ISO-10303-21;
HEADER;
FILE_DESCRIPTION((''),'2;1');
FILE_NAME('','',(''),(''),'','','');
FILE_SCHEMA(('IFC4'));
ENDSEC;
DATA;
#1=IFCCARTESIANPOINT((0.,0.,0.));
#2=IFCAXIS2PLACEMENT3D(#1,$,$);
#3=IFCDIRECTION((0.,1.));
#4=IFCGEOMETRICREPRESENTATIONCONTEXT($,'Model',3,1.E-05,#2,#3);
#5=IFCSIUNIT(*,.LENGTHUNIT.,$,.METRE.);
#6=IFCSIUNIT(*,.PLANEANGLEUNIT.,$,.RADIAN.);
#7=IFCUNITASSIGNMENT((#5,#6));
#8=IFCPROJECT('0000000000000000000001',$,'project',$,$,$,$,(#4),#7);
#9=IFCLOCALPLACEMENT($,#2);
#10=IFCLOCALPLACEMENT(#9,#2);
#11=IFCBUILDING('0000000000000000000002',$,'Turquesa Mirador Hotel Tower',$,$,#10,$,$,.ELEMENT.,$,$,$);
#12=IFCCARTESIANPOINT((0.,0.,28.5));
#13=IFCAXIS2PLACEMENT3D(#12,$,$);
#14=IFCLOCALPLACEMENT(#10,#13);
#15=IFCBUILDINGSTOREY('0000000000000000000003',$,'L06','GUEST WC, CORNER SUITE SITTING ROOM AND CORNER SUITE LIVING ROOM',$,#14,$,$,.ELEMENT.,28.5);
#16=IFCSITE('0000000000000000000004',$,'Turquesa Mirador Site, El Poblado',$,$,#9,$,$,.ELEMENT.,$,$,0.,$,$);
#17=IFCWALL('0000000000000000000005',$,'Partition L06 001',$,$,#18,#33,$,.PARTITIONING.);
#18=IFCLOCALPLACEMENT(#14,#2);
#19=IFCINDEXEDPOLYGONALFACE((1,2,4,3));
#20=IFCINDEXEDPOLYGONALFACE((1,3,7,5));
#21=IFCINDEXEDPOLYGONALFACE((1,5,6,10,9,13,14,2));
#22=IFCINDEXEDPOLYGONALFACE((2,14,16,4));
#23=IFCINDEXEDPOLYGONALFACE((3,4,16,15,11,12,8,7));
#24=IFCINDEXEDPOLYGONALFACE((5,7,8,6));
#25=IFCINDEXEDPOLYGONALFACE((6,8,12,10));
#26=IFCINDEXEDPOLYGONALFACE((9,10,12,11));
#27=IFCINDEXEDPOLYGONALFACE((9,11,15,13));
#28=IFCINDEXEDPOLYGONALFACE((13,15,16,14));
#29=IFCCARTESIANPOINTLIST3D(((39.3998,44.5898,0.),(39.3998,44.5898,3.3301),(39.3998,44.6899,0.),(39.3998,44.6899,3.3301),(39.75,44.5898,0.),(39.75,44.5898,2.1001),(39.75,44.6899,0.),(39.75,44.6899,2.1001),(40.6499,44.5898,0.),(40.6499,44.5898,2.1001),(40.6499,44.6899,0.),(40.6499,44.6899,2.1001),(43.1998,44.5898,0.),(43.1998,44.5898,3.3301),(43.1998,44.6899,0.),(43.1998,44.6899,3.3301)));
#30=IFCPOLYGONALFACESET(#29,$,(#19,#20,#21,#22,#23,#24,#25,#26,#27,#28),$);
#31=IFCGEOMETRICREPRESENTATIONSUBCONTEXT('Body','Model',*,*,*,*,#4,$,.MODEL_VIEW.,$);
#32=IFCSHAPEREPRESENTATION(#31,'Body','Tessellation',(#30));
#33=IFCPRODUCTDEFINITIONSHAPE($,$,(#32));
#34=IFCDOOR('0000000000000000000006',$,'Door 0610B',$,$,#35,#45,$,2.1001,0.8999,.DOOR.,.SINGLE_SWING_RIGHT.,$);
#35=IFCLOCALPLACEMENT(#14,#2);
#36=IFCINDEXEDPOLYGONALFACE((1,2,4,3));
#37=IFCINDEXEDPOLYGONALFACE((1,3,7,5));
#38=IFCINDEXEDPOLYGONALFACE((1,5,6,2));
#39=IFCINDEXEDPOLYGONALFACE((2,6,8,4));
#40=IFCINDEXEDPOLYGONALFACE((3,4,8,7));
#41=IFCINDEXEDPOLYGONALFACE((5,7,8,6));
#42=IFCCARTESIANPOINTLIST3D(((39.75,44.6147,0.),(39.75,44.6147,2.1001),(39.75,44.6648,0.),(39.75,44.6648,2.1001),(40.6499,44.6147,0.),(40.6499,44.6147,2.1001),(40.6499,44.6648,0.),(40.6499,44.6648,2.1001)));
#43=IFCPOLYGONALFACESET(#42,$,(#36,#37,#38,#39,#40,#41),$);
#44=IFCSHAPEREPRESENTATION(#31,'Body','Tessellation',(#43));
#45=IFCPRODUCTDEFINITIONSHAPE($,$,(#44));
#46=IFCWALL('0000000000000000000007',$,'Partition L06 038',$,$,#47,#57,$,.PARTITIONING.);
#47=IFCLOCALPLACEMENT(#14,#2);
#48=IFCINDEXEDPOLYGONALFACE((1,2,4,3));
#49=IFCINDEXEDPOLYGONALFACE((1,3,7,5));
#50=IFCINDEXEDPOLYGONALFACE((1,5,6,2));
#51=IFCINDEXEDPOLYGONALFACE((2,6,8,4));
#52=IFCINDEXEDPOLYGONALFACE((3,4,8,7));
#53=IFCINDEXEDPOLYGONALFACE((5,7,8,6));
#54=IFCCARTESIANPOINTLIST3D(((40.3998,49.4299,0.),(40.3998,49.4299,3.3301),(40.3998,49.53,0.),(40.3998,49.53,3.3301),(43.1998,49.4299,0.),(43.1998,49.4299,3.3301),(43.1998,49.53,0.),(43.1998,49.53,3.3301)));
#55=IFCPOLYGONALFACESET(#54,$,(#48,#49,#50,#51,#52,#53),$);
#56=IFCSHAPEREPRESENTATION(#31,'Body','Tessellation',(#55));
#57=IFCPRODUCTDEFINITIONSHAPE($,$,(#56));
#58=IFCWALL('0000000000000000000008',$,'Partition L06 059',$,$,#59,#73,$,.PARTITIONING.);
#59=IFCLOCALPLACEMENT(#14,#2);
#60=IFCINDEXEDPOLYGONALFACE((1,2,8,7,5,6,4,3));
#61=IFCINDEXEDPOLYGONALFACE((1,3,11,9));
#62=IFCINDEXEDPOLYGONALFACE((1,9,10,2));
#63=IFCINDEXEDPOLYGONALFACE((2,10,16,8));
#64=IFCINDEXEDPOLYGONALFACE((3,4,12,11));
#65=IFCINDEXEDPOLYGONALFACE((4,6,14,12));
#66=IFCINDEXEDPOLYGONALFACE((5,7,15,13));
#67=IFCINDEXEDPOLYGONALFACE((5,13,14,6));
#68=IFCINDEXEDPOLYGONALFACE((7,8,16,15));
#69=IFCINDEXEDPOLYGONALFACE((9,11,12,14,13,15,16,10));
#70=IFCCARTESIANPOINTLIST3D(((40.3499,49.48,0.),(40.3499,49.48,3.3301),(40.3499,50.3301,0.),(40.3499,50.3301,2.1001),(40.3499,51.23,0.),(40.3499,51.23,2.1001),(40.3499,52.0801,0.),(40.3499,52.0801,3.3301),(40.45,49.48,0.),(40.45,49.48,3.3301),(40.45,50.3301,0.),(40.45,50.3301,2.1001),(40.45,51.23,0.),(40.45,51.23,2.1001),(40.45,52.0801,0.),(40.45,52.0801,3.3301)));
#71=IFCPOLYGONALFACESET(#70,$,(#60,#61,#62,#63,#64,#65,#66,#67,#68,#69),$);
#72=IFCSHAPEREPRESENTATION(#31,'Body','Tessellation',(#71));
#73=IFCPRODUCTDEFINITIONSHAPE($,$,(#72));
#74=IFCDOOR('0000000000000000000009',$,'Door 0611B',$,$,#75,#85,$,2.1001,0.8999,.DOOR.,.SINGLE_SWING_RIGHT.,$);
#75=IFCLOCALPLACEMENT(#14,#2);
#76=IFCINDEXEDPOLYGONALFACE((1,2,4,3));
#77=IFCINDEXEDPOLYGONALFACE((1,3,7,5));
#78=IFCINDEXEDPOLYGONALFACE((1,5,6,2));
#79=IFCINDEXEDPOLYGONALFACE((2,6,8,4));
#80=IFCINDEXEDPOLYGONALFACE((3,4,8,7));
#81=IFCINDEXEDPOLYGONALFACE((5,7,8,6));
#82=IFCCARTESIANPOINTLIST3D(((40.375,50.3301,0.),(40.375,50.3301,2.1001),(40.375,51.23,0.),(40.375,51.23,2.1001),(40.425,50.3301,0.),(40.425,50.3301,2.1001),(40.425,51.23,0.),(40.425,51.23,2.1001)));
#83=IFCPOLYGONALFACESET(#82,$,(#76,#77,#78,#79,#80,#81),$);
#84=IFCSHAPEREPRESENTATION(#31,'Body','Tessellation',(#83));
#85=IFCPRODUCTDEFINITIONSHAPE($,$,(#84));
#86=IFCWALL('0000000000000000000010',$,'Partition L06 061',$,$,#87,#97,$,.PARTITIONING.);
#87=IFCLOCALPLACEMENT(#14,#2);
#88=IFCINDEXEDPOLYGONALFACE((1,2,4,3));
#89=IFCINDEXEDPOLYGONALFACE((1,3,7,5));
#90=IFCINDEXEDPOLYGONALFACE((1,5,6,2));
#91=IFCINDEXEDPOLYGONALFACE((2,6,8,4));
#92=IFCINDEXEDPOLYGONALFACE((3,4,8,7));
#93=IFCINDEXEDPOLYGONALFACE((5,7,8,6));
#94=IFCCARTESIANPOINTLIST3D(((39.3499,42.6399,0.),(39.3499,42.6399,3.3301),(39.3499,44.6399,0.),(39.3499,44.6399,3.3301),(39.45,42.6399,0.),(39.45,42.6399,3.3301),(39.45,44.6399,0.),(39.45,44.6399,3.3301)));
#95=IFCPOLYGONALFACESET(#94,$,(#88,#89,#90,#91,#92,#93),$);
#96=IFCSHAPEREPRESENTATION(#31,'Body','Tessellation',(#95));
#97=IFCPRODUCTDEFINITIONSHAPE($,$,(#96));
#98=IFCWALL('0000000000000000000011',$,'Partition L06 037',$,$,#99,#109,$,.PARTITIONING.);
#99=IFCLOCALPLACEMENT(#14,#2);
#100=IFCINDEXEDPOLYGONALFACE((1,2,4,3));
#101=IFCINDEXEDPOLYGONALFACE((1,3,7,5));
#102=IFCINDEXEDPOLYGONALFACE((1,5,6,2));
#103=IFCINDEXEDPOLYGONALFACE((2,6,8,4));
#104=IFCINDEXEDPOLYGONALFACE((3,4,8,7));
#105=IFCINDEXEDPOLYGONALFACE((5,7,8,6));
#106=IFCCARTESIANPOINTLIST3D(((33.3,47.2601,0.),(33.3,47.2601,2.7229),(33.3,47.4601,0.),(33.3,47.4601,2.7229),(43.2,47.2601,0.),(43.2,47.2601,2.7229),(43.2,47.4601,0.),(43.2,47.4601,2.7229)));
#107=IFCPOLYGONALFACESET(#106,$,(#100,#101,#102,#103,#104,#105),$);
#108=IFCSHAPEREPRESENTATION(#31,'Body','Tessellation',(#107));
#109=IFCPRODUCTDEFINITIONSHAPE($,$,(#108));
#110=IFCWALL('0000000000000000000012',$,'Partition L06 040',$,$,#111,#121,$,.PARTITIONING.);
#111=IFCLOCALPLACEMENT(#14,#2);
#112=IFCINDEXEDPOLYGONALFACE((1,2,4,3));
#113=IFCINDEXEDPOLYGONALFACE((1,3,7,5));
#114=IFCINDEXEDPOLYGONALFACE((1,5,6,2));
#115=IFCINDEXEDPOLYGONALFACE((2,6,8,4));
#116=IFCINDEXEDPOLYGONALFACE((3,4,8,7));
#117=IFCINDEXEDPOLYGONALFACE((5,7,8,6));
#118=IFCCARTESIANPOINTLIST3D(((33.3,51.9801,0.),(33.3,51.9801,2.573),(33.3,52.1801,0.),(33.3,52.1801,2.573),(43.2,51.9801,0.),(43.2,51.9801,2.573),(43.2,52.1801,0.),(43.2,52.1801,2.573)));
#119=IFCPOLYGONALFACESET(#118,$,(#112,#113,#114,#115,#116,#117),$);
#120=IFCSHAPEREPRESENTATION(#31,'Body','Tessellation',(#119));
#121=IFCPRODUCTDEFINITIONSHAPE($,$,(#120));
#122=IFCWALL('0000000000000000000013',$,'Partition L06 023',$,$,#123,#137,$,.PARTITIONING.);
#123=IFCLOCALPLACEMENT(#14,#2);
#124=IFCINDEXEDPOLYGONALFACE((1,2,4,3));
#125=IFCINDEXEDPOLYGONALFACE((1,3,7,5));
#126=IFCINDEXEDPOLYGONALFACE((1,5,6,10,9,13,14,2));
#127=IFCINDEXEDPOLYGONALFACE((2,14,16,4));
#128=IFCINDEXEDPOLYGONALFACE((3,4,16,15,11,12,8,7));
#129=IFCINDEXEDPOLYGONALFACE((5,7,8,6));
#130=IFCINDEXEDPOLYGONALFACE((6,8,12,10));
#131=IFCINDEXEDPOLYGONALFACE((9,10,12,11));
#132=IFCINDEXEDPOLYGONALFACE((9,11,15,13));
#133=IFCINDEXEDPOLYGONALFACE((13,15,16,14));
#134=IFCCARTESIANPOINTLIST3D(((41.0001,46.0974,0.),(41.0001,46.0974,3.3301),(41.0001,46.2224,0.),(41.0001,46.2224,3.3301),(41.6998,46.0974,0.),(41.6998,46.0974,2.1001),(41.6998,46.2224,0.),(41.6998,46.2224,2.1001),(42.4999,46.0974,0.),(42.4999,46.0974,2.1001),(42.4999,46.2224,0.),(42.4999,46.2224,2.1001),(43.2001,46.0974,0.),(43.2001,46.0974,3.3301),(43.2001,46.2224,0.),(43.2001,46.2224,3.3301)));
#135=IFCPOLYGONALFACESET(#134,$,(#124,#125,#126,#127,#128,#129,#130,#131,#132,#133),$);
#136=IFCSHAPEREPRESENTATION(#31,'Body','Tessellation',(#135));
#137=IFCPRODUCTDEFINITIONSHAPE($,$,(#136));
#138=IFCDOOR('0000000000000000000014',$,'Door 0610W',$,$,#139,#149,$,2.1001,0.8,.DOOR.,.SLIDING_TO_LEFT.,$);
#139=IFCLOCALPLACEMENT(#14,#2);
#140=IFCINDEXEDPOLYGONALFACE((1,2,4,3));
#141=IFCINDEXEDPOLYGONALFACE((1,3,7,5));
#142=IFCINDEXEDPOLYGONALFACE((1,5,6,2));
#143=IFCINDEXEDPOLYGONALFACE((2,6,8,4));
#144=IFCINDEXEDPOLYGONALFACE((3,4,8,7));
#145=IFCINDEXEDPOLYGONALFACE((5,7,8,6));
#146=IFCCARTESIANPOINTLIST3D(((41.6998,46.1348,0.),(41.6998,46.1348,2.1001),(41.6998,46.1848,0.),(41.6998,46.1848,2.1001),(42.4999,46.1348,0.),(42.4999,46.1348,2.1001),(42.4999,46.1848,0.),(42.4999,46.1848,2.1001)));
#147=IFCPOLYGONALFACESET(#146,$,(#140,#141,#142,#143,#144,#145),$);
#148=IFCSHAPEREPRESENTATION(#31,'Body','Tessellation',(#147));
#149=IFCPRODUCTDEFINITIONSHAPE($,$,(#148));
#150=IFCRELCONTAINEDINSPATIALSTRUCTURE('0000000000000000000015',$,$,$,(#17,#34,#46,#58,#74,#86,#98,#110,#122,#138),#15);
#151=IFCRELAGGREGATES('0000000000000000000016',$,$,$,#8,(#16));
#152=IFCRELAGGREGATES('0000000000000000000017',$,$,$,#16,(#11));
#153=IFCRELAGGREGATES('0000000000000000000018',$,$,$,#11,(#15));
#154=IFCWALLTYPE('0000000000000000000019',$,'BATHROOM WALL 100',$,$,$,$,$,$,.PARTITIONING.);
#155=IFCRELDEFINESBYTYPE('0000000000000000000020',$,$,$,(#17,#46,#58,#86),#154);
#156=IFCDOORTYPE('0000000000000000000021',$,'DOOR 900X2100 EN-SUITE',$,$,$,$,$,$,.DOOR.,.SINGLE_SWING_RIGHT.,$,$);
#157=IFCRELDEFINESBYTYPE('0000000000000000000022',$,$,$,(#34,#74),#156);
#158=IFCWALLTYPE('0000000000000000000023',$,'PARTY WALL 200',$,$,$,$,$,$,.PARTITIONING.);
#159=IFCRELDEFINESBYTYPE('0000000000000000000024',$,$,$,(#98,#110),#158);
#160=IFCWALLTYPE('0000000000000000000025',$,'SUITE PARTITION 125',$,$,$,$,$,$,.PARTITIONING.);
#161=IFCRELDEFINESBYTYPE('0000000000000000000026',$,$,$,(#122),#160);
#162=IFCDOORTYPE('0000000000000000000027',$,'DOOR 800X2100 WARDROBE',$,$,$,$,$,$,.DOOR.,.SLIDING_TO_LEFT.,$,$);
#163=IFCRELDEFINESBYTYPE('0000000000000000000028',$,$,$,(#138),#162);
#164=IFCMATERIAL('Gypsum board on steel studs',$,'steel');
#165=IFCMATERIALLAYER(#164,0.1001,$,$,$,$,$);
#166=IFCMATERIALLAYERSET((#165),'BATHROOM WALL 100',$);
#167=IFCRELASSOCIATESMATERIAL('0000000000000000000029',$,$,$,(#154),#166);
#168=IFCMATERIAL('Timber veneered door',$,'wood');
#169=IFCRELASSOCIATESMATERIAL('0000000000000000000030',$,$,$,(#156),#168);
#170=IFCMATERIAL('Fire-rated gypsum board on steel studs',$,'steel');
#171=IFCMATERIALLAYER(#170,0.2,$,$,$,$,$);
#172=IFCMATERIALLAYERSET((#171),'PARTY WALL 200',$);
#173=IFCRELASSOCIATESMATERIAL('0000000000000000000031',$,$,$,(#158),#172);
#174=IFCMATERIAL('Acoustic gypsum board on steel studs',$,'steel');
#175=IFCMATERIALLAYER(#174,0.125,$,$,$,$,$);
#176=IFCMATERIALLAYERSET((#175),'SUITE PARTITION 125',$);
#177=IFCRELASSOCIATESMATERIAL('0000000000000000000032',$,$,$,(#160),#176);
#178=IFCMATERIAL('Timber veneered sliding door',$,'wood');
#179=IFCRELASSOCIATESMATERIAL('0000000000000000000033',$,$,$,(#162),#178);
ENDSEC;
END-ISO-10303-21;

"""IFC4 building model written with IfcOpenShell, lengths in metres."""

from ifc_helpers import new_model, si_unit, direction, frame, frame_2d, origin, place, context, subcontext, project, spatial, rectangle, extrude, material, layer, layer_set, type_object, element, fill, save


model = new_model("IFC4")

# Units and contexts
model_context = context("Model", 3, precision=1e-05, world=origin(), true_north=direction((0.0, 1.0)))
body_context = subcontext(model_context, "Body", "Model", "MODEL_VIEW")
ifc_project = project(units=[si_unit("LENGTHUNIT", "METRE"), si_unit("PLANEANGLEUNIT", "RADIAN")], contexts=[model_context])

# Site, building, storey
site_placement = place(None, origin())
site = spatial("IfcSite", under=ifc_project, at=site_placement, Name="Turquesa Mirador Site, El Poblado", CompositionType="ELEMENT", RefElevation=0.0)
building_placement = place(site_placement, origin())
building = spatial("IfcBuilding", under=site, at=building_placement, Name="Turquesa Mirador Hotel Tower", CompositionType="ELEMENT")
storey_placement = place(building_placement, frame((0.0, 0.0, 28.5)))
storey = spatial("IfcBuildingStorey", under=building, at=storey_placement, Name="L06", Description="GUEST WC, CORNER SUITE SITTING ROOM AND CORNER SUITE LIVING ROOM", CompositionType="ELEMENT", Elevation=28.5)

# Wall, opening, door
ifc_material_1 = material(Name="Gypsum board on steel studs", Category="steel")
ifc_layer_1 = layer(ifc_material_1, 0.1001)
ifc_layer_set_1 = layer_set([ifc_layer_1], Name="BATHROOM WALL 100")
wall_type_1 = type_object("IfcWallType", Name="BATHROOM WALL 100", PredefinedType="PARTITIONING", material=ifc_layer_set_1)
wall_1_placement = place(storey_placement, frame((39.3999, 44.6399, 0.0), z_axis=(0.0, 0.0, 1.0), x_axis=(1.0, 0.0, 0.0)))
wall_1 = element("IfcWall", 1, at=wall_1_placement, inside=storey, type_object=wall_type_1, Name="Partition L06 001", PredefinedType="PARTITIONING", context=body_context, shape_type="SweptSolid", body=[
    extrude(rectangle(XDim=3.8, YDim=0.1001, at=frame_2d((1.8999, 0.0))), origin(), (0.0, 0.0, 1.0), 3.3301),
])
opening_1_placement = place(wall_1_placement, frame((0.3501, 0.0, 0.0)))
opening_1 = element("IfcOpeningElement", 2, at=opening_1_placement, cuts=wall_1, PredefinedType="OPENING", context=body_context, shape_type="SweptSolid", body=[
    extrude(rectangle(XDim=0.8999, YDim=2.1001, at=frame_2d((0.45, 1.05))), frame((0.0, 0.0601, 0.0), z_axis=(0.0, -1.0, 0.0), x_axis=(1.0, 0.0, 0.0)), (0.0, 0.0, 1.0), 0.1201),
])
ifc_material_2 = material(Name="Timber veneered door", Category="wood")
door_type_1 = type_object("IfcDoorType", Name="DOOR 900X2100 EN-SUITE", OperationType="SINGLE_SWING_RIGHT", PredefinedType="DOOR", material=ifc_material_2)
door_1_placement = place(opening_1_placement, origin())
door_1 = element("IfcDoor", 3, at=door_1_placement, inside=storey, type_object=door_type_1, Name="Door 0610B", OperationType="SINGLE_SWING_RIGHT", OverallHeight=2.1001, OverallWidth=0.8999, PredefinedType="DOOR", context=body_context, shape_type="SweptSolid", body=[
    extrude(rectangle(XDim=0.8999, YDim=2.1001, at=frame_2d((0.45, 1.05))), frame((0.0, 0.0249, 0.0), z_axis=(0.0, -1.0, 0.0), x_axis=(1.0, 0.0, 0.0)), (0.0, 0.0, 1.0), 0.05),
])
fill(opening_1, door_1)

# Wall
wall_2_placement = place(storey_placement, frame((40.3999, 49.48, 0.0), z_axis=(0.0, 0.0, 1.0), x_axis=(1.0, 0.0, 0.0)))
element("IfcWall", 4, at=wall_2_placement, inside=storey, type_object=wall_type_1, Name="Partition L06 038", PredefinedType="PARTITIONING", context=body_context, shape_type="SweptSolid", body=[
    extrude(rectangle(XDim=2.8, YDim=0.1001, at=frame_2d((1.3999, 0.0))), origin(), (0.0, 0.0, 1.0), 3.3301),
])

# Wall, opening, door
wall_3_placement = place(storey_placement, frame((40.3999, 49.48, 0.0), z_axis=(0.0, 0.0, 1.0), x_axis=(0.0, 1.0, 0.0)))
wall_3 = element("IfcWall", 5, at=wall_3_placement, inside=storey, type_object=wall_type_1, Name="Partition L06 059", PredefinedType="PARTITIONING", context=body_context, shape_type="SweptSolid", body=[
    extrude(rectangle(XDim=2.6001, YDim=0.1001, at=frame_2d((1.3, 0.0))), origin(), (0.0, 0.0, 1.0), 3.3301),
])
opening_2_placement = place(wall_3_placement, frame((0.8501, 0.0, 0.0)))
opening_2 = element("IfcOpeningElement", 6, at=opening_2_placement, cuts=wall_3, PredefinedType="OPENING", context=body_context, shape_type="SweptSolid", body=[
    extrude(rectangle(XDim=0.8999, YDim=2.1001, at=frame_2d((0.45, 1.05))), frame((0.0, 0.0601, 0.0), z_axis=(0.0, -1.0, 0.0), x_axis=(1.0, 0.0, 0.0)), (0.0, 0.0, 1.0), 0.1201),
])
door_2_placement = place(opening_2_placement, origin())
door_2 = element("IfcDoor", 7, at=door_2_placement, inside=storey, type_object=door_type_1, Name="Door 0611B", OperationType="SINGLE_SWING_RIGHT", OverallHeight=2.1001, OverallWidth=0.8999, PredefinedType="DOOR", context=body_context, shape_type="SweptSolid", body=[
    extrude(rectangle(XDim=0.8999, YDim=2.1001, at=frame_2d((0.45, 1.05))), frame((0.0, 0.0249, 0.0), z_axis=(0.0, -1.0, 0.0), x_axis=(1.0, 0.0, 0.0)), (0.0, 0.0, 1.0), 0.05),
])
fill(opening_2, door_2)

# Walls
wall_4_placement = place(storey_placement, frame((39.3999, 42.6399, 0.0), z_axis=(0.0, 0.0, 1.0), x_axis=(0.0, 1.0, 0.0)))
element("IfcWall", 8, at=wall_4_placement, inside=storey, type_object=wall_type_1, Name="Partition L06 061", PredefinedType="PARTITIONING", context=body_context, shape_type="SweptSolid", body=[
    extrude(rectangle(XDim=2.0, YDim=0.1001, at=frame_2d((1.0, 0.0))), origin(), (0.0, 0.0, 1.0), 3.3301),
])
ifc_material_3 = material(Name="Fire-rated gypsum board on steel studs", Category="steel")
ifc_layer_2 = layer(ifc_material_3, 0.2)
ifc_layer_set_2 = layer_set([ifc_layer_2], Name="PARTY WALL 200")
wall_type_2 = type_object("IfcWallType", Name="PARTY WALL 200", PredefinedType="PARTITIONING", material=ifc_layer_set_2)
wall_5_placement = place(storey_placement, frame((33.3, 47.3601, 0.0), z_axis=(0.0, 0.0, 1.0), x_axis=(1.0, 0.0, 0.0)))
element("IfcWall", 9, at=wall_5_placement, inside=storey, type_object=wall_type_2, Name="Partition L06 037", PredefinedType="PARTITIONING", context=body_context, shape_type="SweptSolid", body=[
    extrude(rectangle(XDim=9.8999, YDim=0.2, at=frame_2d((4.95, 0.0))), origin(), (0.0, 0.0, 1.0), 2.7229),
])
wall_6_placement = place(storey_placement, frame((33.3, 52.0801, 0.0), z_axis=(0.0, 0.0, 1.0), x_axis=(1.0, 0.0, 0.0)))
element("IfcWall", 10, at=wall_6_placement, inside=storey, type_object=wall_type_2, Name="Partition L06 040", PredefinedType="PARTITIONING", context=body_context, shape_type="SweptSolid", body=[
    extrude(rectangle(XDim=9.8999, YDim=0.2, at=frame_2d((4.95, 0.0))), origin(), (0.0, 0.0, 1.0), 2.573),
])

# Wall, opening, door
ifc_material_4 = material(Name="Acoustic gypsum board on steel studs", Category="steel")
ifc_layer_3 = layer(ifc_material_4, 0.125)
ifc_layer_set_3 = layer_set([ifc_layer_3], Name="SUITE PARTITION 125")
wall_type_3 = type_object("IfcWallType", Name="SUITE PARTITION 125", PredefinedType="PARTITIONING", material=ifc_layer_set_3)
wall_7_placement = place(storey_placement, frame((41.0, 46.1599, 0.0), z_axis=(0.0, 0.0, 1.0), x_axis=(1.0, 0.0, 0.0)))
wall_7 = element("IfcWall", 11, at=wall_7_placement, inside=storey, type_object=wall_type_3, Name="Partition L06 023", PredefinedType="PARTITIONING", context=body_context, shape_type="SweptSolid", body=[
    extrude(rectangle(XDim=2.2, YDim=0.125, at=frame_2d((1.1001, 0.0))), origin(), (0.0, 0.0, 1.0), 3.3301),
])
opening_3_placement = place(wall_7_placement, frame((0.7, 0.0, 0.0)))
opening_3 = element("IfcOpeningElement", 12, at=opening_3_placement, cuts=wall_7, PredefinedType="OPENING", context=body_context, shape_type="SweptSolid", body=[
    extrude(rectangle(XDim=0.8, YDim=2.1001, at=frame_2d((0.3999, 1.05))), frame((0.0, 0.0725, 0.0), z_axis=(0.0, -1.0, 0.0), x_axis=(1.0, 0.0, 0.0)), (0.0, 0.0, 1.0), 0.145),
])
ifc_material_5 = material(Name="Timber veneered sliding door", Category="wood")
door_type_2 = type_object("IfcDoorType", Name="DOOR 800X2100 WARDROBE", OperationType="SLIDING_TO_LEFT", PredefinedType="DOOR", material=ifc_material_5)
door_3_placement = place(opening_3_placement, origin())
door_3 = element("IfcDoor", 13, at=door_3_placement, inside=storey, type_object=door_type_2, Name="Door 0610W", OperationType="SLIDING_TO_LEFT", OverallHeight=2.1001, OverallWidth=0.8, PredefinedType="DOOR", context=body_context, shape_type="SweptSolid", body=[
    extrude(rectangle(XDim=0.8, YDim=2.1001, at=frame_2d((0.3999, 1.05))), frame((0.0, 0.0249, 0.0), z_axis=(0.0, -1.0, 0.0), x_axis=(1.0, 0.0, 0.0)), (0.0, 0.0, 1.0), 0.05),
])
fill(opening_3, door_3)

save(model, "model.ifc")
